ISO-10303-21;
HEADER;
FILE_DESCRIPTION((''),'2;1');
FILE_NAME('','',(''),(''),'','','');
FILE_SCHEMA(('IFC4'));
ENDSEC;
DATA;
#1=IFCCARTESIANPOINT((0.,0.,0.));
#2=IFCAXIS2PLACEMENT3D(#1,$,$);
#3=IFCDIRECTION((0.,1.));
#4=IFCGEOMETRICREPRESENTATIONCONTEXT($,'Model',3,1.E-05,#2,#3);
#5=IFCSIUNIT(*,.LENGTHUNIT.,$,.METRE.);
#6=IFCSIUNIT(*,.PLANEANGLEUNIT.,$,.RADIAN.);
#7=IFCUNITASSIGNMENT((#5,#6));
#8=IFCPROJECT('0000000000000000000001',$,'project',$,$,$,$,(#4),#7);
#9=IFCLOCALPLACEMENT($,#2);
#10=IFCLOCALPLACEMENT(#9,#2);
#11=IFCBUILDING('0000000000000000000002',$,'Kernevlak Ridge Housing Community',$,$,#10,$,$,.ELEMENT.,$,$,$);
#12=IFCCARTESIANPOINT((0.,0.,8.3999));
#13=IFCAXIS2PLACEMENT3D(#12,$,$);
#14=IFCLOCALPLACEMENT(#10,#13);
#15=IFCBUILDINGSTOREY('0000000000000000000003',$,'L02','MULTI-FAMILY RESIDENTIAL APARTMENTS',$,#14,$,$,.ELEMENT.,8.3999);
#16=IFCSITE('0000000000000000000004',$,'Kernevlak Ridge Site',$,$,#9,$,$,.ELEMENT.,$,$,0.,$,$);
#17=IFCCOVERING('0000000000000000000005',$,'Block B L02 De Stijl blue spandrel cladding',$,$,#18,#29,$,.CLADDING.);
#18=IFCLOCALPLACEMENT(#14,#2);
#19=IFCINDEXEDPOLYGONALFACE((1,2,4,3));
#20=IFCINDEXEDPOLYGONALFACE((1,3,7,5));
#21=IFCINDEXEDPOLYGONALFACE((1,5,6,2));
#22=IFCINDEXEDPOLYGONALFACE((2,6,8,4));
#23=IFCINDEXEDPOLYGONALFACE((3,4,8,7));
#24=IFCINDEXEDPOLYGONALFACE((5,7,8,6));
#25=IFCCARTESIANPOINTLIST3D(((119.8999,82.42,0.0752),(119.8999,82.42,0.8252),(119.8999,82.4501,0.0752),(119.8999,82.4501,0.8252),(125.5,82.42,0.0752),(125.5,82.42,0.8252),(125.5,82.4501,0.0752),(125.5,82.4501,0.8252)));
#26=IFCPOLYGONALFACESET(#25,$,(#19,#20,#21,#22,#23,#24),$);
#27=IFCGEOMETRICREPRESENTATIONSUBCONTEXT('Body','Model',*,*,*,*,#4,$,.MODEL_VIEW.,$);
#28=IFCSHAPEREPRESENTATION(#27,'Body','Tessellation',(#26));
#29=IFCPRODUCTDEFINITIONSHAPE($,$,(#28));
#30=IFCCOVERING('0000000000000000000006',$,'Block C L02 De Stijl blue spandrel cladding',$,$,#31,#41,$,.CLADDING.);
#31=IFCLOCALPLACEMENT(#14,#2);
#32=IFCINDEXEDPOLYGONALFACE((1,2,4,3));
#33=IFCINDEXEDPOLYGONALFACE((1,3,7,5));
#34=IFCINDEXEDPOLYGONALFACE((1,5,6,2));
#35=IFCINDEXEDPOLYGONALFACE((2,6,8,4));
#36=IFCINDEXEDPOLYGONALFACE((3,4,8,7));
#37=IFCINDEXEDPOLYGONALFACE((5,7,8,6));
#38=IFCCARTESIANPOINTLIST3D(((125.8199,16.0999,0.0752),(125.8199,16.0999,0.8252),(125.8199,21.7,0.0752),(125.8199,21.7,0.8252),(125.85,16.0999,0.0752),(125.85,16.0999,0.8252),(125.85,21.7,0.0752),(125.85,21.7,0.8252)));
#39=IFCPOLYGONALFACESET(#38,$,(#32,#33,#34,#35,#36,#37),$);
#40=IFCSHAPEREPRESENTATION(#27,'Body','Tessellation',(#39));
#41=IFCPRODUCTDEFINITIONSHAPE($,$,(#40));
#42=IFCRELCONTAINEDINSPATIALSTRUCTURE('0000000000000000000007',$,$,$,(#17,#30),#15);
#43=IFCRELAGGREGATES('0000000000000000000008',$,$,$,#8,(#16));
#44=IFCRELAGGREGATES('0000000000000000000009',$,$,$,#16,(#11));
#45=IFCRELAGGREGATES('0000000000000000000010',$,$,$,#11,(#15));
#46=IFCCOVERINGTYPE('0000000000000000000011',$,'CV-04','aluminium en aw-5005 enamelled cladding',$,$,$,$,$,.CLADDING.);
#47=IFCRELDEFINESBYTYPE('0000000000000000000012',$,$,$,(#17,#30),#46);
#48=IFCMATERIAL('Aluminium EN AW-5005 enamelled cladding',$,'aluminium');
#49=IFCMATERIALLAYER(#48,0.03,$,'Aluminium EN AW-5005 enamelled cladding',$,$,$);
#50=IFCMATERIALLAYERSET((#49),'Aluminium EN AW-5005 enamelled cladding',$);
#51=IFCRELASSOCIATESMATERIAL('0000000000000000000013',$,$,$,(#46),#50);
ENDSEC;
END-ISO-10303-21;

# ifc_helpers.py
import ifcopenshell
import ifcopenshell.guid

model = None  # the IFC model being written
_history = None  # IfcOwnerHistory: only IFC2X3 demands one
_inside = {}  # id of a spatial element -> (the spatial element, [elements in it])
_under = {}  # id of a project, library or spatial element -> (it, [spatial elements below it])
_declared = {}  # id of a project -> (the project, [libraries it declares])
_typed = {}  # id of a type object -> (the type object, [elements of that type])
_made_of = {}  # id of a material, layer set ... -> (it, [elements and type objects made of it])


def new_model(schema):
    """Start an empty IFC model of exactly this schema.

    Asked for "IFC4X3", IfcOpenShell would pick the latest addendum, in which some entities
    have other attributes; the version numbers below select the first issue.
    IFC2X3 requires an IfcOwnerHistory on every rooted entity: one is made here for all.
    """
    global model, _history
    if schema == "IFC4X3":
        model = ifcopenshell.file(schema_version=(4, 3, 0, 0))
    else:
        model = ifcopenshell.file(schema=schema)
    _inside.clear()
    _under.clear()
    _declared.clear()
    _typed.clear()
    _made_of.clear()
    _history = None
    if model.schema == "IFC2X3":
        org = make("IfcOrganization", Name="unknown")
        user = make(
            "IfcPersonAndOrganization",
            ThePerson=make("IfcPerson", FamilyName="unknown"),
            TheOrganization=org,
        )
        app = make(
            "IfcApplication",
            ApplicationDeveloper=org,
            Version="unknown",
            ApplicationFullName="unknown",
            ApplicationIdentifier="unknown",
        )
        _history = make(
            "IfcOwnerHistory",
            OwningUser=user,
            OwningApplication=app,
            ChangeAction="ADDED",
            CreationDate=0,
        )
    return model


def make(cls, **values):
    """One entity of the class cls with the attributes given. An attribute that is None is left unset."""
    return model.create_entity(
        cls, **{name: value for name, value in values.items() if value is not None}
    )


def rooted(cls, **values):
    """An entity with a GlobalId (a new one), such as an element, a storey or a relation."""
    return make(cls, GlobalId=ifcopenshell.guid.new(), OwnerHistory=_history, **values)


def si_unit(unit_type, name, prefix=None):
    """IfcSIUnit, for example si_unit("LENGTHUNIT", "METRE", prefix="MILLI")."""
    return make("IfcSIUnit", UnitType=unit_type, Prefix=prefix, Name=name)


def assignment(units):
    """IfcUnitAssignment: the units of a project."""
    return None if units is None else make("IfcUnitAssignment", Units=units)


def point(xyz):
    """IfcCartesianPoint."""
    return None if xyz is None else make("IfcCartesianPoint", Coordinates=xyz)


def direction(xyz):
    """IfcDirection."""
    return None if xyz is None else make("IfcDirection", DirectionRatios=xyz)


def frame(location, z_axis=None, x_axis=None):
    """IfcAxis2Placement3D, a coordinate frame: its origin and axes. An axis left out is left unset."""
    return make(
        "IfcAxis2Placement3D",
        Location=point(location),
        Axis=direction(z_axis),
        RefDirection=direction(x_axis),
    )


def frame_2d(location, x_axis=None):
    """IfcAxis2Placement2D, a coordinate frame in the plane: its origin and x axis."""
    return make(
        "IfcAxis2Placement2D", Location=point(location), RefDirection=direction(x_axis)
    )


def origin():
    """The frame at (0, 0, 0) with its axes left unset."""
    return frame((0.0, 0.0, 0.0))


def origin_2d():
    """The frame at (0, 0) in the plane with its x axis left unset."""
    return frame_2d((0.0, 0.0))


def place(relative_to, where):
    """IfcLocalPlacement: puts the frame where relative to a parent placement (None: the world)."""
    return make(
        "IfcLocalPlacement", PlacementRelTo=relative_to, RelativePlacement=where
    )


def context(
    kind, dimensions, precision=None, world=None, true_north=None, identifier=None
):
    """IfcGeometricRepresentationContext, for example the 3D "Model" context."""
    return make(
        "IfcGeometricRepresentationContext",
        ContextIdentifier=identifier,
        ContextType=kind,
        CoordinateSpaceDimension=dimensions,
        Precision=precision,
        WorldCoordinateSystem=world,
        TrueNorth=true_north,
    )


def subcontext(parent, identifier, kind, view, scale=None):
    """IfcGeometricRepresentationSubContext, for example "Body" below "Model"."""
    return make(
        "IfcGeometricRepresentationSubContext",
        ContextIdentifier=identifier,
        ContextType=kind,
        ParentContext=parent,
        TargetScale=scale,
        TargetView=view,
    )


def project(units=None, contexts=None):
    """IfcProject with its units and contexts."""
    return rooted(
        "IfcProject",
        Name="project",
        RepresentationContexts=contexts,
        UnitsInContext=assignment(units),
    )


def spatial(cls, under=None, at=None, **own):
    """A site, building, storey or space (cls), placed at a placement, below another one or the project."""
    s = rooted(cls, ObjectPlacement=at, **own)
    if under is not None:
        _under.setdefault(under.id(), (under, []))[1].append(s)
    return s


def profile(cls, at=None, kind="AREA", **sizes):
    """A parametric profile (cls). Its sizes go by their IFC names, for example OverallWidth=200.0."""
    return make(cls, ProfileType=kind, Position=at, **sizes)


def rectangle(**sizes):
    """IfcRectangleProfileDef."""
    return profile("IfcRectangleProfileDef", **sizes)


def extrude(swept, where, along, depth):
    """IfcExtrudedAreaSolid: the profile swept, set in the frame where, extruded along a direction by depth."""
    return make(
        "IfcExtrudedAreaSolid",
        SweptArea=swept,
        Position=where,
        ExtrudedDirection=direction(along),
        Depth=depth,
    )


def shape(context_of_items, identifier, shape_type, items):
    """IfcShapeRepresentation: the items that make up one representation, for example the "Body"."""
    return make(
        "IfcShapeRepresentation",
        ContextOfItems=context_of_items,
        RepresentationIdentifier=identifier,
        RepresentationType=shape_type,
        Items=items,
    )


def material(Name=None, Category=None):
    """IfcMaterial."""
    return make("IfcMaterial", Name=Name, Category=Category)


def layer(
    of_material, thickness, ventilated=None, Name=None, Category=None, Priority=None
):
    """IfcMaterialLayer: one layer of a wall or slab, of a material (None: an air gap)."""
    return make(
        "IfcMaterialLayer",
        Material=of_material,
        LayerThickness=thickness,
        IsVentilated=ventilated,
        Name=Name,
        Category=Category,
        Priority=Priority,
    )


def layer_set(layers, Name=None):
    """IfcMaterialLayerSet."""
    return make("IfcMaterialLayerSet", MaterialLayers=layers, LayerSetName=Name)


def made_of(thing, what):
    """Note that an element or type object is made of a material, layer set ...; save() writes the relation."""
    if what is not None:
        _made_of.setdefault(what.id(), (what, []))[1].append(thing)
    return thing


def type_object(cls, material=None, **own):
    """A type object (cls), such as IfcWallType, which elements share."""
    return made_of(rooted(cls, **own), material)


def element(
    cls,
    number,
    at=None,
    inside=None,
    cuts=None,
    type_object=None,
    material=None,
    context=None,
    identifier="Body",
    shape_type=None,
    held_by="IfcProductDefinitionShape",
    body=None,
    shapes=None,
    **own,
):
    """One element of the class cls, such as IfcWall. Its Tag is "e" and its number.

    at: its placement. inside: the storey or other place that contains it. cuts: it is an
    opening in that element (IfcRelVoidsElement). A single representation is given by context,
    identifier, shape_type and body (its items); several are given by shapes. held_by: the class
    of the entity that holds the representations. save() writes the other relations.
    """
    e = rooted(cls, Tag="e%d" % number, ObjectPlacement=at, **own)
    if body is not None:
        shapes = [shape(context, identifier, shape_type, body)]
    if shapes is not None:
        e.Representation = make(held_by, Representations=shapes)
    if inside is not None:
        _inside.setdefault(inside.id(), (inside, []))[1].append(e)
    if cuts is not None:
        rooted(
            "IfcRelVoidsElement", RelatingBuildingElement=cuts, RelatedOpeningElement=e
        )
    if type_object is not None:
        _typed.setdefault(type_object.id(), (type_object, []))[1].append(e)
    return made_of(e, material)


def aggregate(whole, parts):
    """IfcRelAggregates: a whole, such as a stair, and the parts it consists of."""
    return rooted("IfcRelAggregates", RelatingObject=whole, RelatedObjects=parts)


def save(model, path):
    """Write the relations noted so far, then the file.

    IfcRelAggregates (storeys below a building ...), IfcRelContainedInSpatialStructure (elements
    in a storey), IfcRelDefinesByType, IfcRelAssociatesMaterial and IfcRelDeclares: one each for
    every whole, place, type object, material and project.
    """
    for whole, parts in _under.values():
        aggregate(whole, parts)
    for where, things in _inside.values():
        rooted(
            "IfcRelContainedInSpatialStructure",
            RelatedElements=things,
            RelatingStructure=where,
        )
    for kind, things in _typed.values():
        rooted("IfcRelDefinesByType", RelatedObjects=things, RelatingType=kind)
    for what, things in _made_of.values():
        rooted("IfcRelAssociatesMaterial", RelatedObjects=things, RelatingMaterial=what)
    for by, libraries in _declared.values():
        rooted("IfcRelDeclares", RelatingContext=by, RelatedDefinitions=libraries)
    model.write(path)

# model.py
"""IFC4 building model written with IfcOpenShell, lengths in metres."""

from ifc_helpers import new_model, si_unit, direction, frame, origin, origin_2d, place, context, subcontext, project, spatial, rectangle, extrude, material, layer, layer_set, type_object, element, save


model = new_model("IFC4")

# Units and contexts
model_context = context("Model", 3, precision=1e-05, world=origin(), true_north=direction((0.0, 1.0)))
body_context = subcontext(model_context, "Body", "Model", "MODEL_VIEW")
ifc_project = project(units=[si_unit("LENGTHUNIT", "METRE"), si_unit("PLANEANGLEUNIT", "RADIAN")], contexts=[model_context])

# Site, building, storey
site_placement = place(None, origin())
site = spatial("IfcSite", under=ifc_project, at=site_placement, Name="Kernevlak Ridge Site", CompositionType="ELEMENT", RefElevation=0.0)
building_placement = place(site_placement, origin())
building = spatial("IfcBuilding", under=site, at=building_placement, Name="Kernevlak Ridge Housing Community", CompositionType="ELEMENT")
storey_placement = place(building_placement, frame((0.0, 0.0, 8.3999)))
storey = spatial("IfcBuildingStorey", under=building, at=storey_placement, Name="L02", Description="MULTI-FAMILY RESIDENTIAL APARTMENTS", CompositionType="ELEMENT", Elevation=8.3999)

# Coverings
ifc_material_1 = material(Name="Aluminium EN AW-5005 enamelled cladding", Category="aluminium")
ifc_layer_1 = layer(ifc_material_1, 0.03, Name="Aluminium EN AW-5005 enamelled cladding")
ifc_layer_set_1 = layer_set([ifc_layer_1], Name="Aluminium EN AW-5005 enamelled cladding")
covering_type_1 = type_object("IfcCoveringType", Name="CV-04", Description="aluminium en aw-5005 enamelled cladding", PredefinedType="CLADDING", material=ifc_layer_set_1)
for number, where, z_axis, x_axis, name in (
    (1, (122.7, 82.4351, 0.0752), (0.0, 0.0, 1.0), (1.0, 0.0, 0.0), "Block B L02 De Stijl blue spandrel cladding"),
    (2, (125.835, 18.8999, 0.0752), (0.0, 0.0, 1.0), (0.0, 1.0, 0.0), "Block C L02 De Stijl blue spandrel cladding"),
):
    element("IfcCovering", number, at=place(storey_placement, frame(where, z_axis=z_axis, x_axis=x_axis)), inside=storey, type_object=covering_type_1, Name=name, PredefinedType="CLADDING", context=body_context, shape_type="SweptSolid", body=[
        extrude(rectangle(XDim=5.6001, YDim=0.03, at=origin_2d()), origin(), (0.0, 0.0, 1.0), 0.75),
    ])

save(model, "model.ifc")
